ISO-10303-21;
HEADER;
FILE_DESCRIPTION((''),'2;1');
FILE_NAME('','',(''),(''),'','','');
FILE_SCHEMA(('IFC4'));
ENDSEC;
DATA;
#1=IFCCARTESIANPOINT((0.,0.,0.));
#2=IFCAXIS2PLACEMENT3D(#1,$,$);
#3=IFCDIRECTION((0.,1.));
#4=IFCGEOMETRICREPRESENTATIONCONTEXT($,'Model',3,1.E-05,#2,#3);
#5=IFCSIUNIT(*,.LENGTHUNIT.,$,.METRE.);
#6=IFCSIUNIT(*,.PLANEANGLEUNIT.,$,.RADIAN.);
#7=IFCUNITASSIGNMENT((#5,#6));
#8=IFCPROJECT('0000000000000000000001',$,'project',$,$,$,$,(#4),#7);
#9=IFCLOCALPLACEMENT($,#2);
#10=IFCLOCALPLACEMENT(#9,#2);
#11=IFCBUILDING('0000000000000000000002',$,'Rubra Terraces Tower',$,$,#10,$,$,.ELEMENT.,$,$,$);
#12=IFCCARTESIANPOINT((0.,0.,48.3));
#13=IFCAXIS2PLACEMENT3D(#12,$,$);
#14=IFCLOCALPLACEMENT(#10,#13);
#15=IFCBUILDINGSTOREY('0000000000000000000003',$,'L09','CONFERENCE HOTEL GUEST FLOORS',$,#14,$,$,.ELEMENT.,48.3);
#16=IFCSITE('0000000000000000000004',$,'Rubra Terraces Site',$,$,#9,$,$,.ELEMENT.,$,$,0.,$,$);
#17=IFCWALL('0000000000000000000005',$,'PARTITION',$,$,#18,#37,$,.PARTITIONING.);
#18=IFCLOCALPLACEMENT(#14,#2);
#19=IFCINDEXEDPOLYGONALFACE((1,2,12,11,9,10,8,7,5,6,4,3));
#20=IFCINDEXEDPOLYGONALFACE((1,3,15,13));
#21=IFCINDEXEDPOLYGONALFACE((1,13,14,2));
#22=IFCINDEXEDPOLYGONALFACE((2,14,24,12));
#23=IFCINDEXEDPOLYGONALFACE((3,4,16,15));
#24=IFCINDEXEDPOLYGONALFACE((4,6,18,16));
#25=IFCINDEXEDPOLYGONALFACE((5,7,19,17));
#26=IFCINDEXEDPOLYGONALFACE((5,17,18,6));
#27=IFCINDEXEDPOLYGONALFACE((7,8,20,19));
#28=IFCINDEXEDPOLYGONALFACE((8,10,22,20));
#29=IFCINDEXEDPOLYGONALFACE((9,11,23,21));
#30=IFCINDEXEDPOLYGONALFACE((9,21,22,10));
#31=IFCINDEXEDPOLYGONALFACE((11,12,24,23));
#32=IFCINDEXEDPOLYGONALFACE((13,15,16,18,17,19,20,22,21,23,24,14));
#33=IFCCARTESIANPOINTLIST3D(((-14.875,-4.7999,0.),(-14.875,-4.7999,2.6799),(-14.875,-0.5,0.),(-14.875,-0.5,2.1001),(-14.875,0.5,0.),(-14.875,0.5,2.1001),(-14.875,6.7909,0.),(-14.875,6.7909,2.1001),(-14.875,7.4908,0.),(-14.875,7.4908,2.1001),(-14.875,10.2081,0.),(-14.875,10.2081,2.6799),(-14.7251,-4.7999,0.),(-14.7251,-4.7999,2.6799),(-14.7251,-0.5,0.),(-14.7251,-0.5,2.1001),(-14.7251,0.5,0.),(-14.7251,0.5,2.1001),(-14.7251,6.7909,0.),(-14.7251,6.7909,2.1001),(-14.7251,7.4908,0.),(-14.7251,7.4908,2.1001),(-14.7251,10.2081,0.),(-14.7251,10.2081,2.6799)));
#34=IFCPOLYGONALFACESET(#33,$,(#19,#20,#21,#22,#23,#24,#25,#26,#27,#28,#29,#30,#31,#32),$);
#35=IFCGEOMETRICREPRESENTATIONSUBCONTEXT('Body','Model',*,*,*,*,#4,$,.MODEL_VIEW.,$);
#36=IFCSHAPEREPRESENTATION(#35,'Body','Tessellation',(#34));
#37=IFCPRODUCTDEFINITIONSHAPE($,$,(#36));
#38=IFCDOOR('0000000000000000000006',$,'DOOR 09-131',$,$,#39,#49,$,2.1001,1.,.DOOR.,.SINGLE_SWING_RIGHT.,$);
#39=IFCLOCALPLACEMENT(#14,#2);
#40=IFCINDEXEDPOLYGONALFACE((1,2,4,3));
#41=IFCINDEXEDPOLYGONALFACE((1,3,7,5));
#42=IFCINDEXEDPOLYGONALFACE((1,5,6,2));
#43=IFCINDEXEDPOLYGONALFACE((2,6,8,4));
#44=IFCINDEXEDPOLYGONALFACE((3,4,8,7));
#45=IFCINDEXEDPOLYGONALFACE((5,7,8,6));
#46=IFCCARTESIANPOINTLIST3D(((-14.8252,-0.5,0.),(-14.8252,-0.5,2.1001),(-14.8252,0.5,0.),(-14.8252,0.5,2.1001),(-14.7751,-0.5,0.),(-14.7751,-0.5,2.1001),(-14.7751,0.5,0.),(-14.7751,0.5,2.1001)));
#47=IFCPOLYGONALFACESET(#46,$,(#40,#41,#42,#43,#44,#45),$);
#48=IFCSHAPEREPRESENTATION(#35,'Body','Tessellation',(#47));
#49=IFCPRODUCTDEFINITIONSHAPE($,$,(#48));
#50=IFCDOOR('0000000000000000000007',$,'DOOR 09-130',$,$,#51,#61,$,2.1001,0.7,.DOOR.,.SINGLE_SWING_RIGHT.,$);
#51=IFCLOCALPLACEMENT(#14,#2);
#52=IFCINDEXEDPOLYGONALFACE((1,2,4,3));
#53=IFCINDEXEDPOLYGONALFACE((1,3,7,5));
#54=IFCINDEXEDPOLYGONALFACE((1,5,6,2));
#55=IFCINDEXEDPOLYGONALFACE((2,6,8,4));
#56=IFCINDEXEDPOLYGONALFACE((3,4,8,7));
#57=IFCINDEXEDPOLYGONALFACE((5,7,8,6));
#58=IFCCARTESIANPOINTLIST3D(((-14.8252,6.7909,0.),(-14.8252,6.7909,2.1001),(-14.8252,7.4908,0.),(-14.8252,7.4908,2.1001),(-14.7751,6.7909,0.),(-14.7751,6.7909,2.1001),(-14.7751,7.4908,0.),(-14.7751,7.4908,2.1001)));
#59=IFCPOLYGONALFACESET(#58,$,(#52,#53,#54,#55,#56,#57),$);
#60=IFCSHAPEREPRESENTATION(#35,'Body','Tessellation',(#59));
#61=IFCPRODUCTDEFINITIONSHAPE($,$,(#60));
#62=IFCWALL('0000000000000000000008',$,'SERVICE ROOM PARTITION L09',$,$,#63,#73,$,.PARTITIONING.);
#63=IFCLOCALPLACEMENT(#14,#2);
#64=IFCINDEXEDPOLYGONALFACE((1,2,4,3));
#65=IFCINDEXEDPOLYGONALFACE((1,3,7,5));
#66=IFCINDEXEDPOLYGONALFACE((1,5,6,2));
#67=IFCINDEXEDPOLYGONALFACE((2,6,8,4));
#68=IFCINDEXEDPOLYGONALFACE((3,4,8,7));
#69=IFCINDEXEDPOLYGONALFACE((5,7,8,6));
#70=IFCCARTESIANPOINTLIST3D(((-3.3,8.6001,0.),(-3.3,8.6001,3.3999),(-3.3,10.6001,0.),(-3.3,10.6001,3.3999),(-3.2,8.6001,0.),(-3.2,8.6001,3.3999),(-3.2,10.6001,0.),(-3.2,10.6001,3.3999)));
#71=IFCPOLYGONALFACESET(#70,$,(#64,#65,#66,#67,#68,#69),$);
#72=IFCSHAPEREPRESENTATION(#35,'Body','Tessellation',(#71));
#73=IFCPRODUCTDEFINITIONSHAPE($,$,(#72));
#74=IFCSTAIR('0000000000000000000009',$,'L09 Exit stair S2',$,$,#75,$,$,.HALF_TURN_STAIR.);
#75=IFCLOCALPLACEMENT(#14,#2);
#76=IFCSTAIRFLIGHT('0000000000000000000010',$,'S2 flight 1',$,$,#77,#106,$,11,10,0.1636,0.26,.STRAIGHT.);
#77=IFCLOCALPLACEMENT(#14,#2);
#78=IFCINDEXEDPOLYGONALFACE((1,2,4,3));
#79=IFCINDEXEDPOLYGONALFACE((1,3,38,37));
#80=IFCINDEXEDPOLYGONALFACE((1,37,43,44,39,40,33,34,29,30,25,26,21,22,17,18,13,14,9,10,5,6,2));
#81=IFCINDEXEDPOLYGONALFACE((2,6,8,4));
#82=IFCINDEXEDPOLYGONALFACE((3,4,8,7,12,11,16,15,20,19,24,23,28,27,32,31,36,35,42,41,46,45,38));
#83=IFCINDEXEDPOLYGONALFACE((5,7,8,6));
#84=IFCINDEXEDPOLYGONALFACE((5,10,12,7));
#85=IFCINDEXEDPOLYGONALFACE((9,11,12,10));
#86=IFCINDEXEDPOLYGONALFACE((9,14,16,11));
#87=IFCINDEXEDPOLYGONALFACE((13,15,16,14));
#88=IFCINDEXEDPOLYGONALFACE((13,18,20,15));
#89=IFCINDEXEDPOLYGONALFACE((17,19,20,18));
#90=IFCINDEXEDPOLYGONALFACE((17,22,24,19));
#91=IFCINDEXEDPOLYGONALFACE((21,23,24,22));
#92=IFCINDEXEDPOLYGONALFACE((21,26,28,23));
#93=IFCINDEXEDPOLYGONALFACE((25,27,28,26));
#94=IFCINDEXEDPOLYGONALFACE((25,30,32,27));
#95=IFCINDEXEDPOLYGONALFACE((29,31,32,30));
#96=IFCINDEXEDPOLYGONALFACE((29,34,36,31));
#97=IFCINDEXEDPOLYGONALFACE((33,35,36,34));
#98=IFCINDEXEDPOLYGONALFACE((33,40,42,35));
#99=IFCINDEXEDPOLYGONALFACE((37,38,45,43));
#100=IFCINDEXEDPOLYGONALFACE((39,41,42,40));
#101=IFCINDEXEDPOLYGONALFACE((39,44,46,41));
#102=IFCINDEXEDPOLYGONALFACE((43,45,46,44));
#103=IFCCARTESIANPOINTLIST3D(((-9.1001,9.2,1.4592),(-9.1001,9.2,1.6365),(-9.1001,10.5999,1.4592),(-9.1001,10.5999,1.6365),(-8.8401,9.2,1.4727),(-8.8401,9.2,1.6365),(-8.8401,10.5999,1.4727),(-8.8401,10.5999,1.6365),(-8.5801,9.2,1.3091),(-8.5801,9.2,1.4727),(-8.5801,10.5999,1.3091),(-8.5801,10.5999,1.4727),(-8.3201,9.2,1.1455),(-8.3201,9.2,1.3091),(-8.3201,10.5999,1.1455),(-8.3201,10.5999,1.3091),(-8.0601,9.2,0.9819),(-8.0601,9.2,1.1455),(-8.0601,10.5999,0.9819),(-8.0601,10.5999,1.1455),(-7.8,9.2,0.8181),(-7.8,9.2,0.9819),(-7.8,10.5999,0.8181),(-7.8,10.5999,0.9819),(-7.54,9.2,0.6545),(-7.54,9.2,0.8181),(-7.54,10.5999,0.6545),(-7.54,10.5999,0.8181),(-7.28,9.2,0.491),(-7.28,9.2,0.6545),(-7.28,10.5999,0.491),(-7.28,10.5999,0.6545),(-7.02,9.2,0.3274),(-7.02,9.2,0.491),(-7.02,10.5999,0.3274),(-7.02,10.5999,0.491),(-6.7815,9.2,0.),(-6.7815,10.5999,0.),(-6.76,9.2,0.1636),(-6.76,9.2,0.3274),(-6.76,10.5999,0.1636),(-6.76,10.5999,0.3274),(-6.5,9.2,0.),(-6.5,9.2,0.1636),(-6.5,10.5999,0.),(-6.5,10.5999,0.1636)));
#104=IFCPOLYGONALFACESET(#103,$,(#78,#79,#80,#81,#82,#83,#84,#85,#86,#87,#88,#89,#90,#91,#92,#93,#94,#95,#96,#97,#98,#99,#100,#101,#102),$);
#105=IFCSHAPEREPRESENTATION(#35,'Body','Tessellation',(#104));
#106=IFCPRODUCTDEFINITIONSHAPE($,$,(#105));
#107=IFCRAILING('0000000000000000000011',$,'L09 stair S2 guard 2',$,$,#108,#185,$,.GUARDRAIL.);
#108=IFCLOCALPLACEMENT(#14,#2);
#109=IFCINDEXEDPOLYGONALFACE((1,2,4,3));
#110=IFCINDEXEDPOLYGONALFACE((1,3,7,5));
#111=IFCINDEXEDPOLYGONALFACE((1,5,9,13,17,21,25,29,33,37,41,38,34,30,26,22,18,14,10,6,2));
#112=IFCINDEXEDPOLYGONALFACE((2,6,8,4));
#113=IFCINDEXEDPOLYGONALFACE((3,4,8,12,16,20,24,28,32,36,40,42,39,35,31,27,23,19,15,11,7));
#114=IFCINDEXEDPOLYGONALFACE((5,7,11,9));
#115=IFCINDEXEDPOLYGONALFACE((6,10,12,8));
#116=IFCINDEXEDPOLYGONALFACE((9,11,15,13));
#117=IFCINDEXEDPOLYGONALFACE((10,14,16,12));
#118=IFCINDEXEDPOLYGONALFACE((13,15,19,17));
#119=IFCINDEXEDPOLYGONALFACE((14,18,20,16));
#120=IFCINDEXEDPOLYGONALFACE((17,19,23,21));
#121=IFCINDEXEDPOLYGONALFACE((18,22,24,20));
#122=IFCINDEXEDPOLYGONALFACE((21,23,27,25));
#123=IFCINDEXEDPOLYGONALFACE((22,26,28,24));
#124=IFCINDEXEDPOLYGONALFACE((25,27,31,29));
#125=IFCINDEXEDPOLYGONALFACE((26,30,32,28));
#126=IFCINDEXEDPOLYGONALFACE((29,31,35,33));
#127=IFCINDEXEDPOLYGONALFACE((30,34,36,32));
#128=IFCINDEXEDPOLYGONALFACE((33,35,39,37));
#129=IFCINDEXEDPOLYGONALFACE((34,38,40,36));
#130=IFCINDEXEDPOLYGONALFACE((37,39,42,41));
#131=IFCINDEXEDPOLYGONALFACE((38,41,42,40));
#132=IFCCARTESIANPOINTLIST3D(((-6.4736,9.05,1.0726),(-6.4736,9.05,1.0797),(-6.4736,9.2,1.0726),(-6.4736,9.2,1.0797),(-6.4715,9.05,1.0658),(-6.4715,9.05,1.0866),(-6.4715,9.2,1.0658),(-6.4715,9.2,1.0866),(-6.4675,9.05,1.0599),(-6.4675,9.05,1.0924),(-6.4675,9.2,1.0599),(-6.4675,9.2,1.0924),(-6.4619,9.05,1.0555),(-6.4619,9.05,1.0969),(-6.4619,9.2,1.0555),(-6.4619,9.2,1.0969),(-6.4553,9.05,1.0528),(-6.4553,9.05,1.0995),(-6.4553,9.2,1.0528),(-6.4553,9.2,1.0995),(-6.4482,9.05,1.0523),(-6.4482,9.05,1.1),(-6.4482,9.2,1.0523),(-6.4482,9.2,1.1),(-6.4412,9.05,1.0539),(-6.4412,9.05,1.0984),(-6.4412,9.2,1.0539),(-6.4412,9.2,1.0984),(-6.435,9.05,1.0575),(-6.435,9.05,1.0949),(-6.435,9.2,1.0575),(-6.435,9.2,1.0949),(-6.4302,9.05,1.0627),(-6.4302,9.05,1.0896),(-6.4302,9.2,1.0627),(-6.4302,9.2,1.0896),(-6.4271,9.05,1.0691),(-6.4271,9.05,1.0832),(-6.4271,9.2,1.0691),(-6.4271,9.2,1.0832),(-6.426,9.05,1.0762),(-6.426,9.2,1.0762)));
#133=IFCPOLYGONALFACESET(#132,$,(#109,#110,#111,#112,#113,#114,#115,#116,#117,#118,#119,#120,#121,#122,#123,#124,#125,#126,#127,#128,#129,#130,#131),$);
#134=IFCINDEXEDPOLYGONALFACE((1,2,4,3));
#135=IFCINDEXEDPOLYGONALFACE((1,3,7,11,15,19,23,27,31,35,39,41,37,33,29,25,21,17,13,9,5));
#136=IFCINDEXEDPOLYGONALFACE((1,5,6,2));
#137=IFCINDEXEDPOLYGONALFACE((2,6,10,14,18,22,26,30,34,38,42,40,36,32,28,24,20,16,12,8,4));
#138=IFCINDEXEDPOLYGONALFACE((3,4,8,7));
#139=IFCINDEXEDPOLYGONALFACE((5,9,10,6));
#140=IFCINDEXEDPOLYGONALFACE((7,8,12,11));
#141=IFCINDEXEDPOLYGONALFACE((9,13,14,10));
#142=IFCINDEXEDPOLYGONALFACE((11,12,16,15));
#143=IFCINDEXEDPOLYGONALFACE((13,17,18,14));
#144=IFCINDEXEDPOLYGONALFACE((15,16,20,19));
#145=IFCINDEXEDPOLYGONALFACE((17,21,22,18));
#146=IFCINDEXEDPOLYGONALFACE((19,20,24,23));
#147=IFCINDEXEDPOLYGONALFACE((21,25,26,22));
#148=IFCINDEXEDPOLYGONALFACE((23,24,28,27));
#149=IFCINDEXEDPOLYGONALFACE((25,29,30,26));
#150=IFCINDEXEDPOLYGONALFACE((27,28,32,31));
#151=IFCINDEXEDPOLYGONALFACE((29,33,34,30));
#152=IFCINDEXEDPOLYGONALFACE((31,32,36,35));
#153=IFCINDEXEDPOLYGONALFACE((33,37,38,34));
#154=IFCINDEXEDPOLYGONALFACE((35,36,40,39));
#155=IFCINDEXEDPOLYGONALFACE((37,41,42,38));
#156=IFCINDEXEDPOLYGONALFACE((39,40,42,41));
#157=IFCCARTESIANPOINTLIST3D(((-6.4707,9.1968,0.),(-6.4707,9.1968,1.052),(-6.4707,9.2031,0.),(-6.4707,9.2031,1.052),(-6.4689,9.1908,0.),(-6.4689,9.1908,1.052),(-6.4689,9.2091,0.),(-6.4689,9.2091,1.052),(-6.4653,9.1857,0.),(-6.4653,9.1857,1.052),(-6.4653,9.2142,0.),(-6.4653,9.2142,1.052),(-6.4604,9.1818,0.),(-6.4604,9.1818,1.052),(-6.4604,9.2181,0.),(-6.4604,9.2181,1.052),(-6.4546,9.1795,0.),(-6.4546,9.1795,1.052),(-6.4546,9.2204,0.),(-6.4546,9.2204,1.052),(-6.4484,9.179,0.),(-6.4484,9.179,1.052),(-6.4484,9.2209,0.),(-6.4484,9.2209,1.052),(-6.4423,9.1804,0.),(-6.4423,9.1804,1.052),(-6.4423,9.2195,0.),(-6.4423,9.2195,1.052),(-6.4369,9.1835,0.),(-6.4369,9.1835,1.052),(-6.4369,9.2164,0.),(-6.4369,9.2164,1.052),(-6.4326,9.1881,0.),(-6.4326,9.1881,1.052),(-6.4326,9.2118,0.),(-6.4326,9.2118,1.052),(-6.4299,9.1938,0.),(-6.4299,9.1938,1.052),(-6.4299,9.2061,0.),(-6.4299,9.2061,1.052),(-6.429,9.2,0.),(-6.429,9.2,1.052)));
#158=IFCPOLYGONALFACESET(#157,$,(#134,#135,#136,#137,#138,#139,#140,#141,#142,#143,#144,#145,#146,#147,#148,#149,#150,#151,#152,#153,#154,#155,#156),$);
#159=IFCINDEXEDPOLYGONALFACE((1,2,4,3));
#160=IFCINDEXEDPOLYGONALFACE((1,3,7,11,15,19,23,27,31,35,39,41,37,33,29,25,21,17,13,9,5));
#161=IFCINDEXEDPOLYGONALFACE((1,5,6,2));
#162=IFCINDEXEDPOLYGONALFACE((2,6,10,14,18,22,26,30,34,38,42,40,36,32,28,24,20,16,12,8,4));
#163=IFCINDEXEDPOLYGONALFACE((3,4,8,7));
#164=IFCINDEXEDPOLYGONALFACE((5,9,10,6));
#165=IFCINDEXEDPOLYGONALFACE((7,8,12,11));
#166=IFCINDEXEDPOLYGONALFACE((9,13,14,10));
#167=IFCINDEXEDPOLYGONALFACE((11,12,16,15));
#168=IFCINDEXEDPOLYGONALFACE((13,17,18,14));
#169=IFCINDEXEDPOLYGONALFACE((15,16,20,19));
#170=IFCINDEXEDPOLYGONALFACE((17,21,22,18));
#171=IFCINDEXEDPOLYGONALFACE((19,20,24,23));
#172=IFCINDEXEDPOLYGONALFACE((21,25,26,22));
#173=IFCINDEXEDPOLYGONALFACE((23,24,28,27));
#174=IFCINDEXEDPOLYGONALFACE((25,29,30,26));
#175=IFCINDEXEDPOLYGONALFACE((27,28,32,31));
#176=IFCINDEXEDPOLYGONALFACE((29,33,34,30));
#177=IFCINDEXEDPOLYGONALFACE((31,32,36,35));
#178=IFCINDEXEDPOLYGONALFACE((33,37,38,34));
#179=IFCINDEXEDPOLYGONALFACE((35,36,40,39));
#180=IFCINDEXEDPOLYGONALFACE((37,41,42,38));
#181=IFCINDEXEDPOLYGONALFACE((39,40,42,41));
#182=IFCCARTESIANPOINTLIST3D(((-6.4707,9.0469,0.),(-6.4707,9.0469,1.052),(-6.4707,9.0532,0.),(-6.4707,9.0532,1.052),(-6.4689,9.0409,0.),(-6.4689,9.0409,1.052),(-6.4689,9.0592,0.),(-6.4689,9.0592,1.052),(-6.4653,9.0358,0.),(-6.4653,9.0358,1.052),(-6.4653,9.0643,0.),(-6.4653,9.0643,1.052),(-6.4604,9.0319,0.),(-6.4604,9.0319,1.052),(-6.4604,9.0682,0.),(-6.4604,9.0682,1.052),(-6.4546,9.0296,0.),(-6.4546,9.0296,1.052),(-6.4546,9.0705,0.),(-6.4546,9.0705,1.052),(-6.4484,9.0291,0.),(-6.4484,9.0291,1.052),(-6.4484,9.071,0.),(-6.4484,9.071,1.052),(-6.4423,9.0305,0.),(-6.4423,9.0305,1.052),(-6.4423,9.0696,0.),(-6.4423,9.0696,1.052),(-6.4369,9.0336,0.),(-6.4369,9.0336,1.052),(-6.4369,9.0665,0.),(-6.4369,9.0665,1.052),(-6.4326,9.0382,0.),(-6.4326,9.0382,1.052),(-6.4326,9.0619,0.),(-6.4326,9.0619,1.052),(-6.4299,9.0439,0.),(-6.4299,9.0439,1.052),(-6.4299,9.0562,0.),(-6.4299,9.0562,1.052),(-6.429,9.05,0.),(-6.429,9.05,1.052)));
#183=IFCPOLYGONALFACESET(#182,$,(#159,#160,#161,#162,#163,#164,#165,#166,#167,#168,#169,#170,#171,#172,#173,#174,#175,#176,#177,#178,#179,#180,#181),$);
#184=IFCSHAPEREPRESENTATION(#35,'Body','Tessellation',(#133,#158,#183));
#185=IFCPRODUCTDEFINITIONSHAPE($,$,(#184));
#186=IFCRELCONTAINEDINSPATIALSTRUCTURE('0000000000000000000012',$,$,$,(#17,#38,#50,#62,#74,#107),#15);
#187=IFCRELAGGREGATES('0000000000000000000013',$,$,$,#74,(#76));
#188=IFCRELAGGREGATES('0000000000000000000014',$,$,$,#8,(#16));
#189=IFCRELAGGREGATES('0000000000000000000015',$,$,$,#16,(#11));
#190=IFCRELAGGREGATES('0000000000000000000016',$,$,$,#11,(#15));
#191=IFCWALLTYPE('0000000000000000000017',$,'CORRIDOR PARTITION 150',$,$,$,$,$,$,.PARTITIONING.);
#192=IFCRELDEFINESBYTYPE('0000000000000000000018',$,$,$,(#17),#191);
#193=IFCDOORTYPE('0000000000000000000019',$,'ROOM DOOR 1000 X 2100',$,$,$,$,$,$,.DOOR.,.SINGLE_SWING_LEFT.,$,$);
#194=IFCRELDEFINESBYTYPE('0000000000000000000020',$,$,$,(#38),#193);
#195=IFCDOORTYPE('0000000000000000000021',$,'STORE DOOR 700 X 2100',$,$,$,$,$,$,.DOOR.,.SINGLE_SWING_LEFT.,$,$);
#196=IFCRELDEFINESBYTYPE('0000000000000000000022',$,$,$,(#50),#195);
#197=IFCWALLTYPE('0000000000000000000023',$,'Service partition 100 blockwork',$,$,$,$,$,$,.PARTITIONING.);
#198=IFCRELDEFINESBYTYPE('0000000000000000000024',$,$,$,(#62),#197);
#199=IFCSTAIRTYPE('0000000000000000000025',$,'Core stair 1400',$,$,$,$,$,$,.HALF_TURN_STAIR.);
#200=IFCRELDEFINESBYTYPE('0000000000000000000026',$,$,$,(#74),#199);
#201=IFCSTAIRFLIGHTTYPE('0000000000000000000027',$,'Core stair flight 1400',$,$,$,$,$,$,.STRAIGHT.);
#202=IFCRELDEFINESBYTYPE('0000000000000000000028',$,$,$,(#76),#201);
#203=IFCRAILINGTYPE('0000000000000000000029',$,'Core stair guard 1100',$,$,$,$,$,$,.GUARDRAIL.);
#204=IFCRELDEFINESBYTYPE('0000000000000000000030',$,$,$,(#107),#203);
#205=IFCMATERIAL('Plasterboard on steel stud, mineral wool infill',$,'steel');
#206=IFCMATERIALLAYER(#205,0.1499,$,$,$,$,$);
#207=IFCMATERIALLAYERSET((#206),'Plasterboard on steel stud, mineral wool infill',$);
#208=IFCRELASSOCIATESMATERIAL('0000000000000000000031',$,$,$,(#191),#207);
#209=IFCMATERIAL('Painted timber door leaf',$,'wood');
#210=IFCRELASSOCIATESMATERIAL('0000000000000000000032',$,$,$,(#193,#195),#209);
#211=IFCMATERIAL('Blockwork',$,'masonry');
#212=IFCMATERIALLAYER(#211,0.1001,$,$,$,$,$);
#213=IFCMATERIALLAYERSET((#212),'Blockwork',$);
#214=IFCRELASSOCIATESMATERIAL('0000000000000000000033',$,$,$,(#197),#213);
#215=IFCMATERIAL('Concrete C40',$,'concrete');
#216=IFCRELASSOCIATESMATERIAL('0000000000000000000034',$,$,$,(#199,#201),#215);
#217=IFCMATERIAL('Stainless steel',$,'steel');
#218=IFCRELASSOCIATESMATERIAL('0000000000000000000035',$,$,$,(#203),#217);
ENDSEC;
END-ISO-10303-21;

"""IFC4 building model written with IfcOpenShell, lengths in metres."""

from ifc_helpers import new_model, si_unit, direction, frame, frame_2d, origin, origin_2d, place, context, subcontext, project, spatial, polyline, rectangle, circle, outline, extrude, material, layer, layer_set, type_object, element, fill, aggregate, save


model = new_model("IFC4")

# Units and contexts
model_context = context("Model", 3, precision=1e-05, world=origin(), true_north=direction((0.0, 1.0)))
body_context = subcontext(model_context, "Body", "Model", "MODEL_VIEW")
ifc_project = project(units=[si_unit("LENGTHUNIT", "METRE"), si_unit("PLANEANGLEUNIT", "RADIAN")], contexts=[model_context])

# Site, building, storey
site_placement = place(None, origin())
site = spatial("IfcSite", under=ifc_project, at=site_placement, Name="Rubra Terraces Site", CompositionType="ELEMENT", RefElevation=0.0)
building_placement = place(site_placement, origin())
building = spatial("IfcBuilding", under=site, at=building_placement, Name="Rubra Terraces Tower", CompositionType="ELEMENT")
storey_placement = place(building_placement, frame((0.0, 0.0, 48.3)))
storey = spatial("IfcBuildingStorey", under=building, at=storey_placement, Name="L09", Description="CONFERENCE HOTEL GUEST FLOORS", CompositionType="ELEMENT", Elevation=48.3)

# Shared definitions
ifc_material_1 = material(Name="Plasterboard on steel stud, mineral wool infill", Category="steel")
ifc_layer_1 = layer(ifc_material_1, 0.1499)
ifc_layer_set_1 = layer_set([ifc_layer_1], Name="Plasterboard on steel stud, mineral wool infill")
wall_type_1 = type_object("IfcWallType", Name="CORRIDOR PARTITION 150", PredefinedType="PARTITIONING", material=ifc_layer_set_1)
ifc_material_2 = material(Name="Painted timber door leaf", Category="wood")
door_type_1 = type_object("IfcDoorType", Name="ROOM DOOR 1000 X 2100", OperationType="SINGLE_SWING_LEFT", PredefinedType="DOOR", material=ifc_material_2)

# Wall, openings, doors
wall_1_placement = place(storey_placement, frame((-14.8, 10.208, 0.0), z_axis=(0.0, 0.0, 1.0), x_axis=(0.0, -1.0, 0.0)))
wall_1 = element("IfcWall", 1, at=wall_1_placement, inside=storey, type_object=wall_type_1, Name="PARTITION", PredefinedType="PARTITIONING", context=body_context, shape_type="SweptSolid", body=[
    extrude(rectangle(XDim=15.0081, YDim=0.1499, at=frame_2d((7.5039, 0.0))), origin(), (0.0, 0.0, 1.0), 2.6799),
])
opening_1_placement = place(wall_1_placement, frame((2.717, 0.0, 0.0)))
opening_1 = element("IfcOpeningElement", 2, at=opening_1_placement, cuts=wall_1, PredefinedType="OPENING", context=body_context, shape_type="SweptSolid", body=[
    extrude(rectangle(XDim=0.7, YDim=2.1001, at=frame_2d((0.3501, 1.05))), frame((0.0, 0.085, 0.0), z_axis=(0.0, -1.0, 0.0), x_axis=(1.0, 0.0, 0.0)), (0.0, 0.0, 1.0), 0.1699),
])
opening_2_placement = place(wall_1_placement, frame((9.708, 0.0, 0.0)))
opening_2 = element("IfcOpeningElement", 3, at=opening_2_placement, cuts=wall_1, PredefinedType="OPENING", context=body_context, shape_type="SweptSolid", body=[
    extrude(rectangle(XDim=1.0, YDim=2.1001, at=frame_2d((0.5, 1.05))), frame((0.0, 0.085, 0.0), z_axis=(0.0, -1.0, 0.0), x_axis=(1.0, 0.0, 0.0)), (0.0, 0.0, 1.0), 0.1699),
])
door_1_placement = place(opening_2_placement, origin())
door_1 = element("IfcDoor", 4, at=door_1_placement, inside=storey, type_object=door_type_1, Name="DOOR 09-131", OperationType="SINGLE_SWING_RIGHT", OverallHeight=2.1001, OverallWidth=1.0, PredefinedType="DOOR", context=body_context, shape_type="SweptSolid", body=[
    extrude(rectangle(XDim=1.0, YDim=2.1001, at=frame_2d((0.5, 1.05))), frame((0.0, 0.0249, 0.0), z_axis=(0.0, -1.0, 0.0), x_axis=(1.0, 0.0, 0.0)), (0.0, 0.0, 1.0), 0.05),
])
fill(opening_2, door_1)
door_type_2 = type_object("IfcDoorType", Name="STORE DOOR 700 X 2100", OperationType="SINGLE_SWING_LEFT", PredefinedType="DOOR", material=ifc_material_2)
door_2_placement = place(opening_1_placement, origin())
door_2 = element("IfcDoor", 5, at=door_2_placement, inside=storey, type_object=door_type_2, Name="DOOR 09-130", OperationType="SINGLE_SWING_RIGHT", OverallHeight=2.1001, OverallWidth=0.7, PredefinedType="DOOR", context=body_context, shape_type="SweptSolid", body=[
    extrude(rectangle(XDim=0.7, YDim=2.1001, at=frame_2d((0.3501, 1.05))), frame((0.0, 0.0249, 0.0), z_axis=(0.0, -1.0, 0.0), x_axis=(1.0, 0.0, 0.0)), (0.0, 0.0, 1.0), 0.05),
])
fill(opening_1, door_2)

# Wall
ifc_material_3 = material(Name="Blockwork", Category="masonry")
ifc_layer_2 = layer(ifc_material_3, 0.1001)
ifc_layer_set_2 = layer_set([ifc_layer_2], Name="Blockwork")
wall_type_2 = type_object("IfcWallType", Name="Service partition 100 blockwork", PredefinedType="PARTITIONING", material=ifc_layer_set_2)
wall_2_placement = place(storey_placement, frame((-3.25, 8.6001, 0.0), z_axis=(0.0, 0.0, 1.0), x_axis=(0.0, 1.0, 0.0)))
element("IfcWall", 6, at=wall_2_placement, inside=storey, type_object=wall_type_2, Name="SERVICE ROOM PARTITION L09", PredefinedType="PARTITIONING", context=body_context, shape_type="SweptSolid", body=[
    extrude(rectangle(XDim=2.0, YDim=0.1001, at=frame_2d((1.0, 0.0))), origin(), (0.0, 0.0, 1.0), 3.3999),
])

# Stair, stair flight
ifc_material_4 = material(Name="Concrete C40", Category="concrete")
stair_type = type_object("IfcStairType", Name="Core stair 1400", PredefinedType="HALF_TURN_STAIR", material=ifc_material_4)
stair_placement = place(storey_placement, origin())
stair = element("IfcStair", 7, at=stair_placement, inside=storey, type_object=stair_type, Name="L09 Exit stair S2", PredefinedType="HALF_TURN_STAIR")
stair_flight_type = type_object("IfcStairFlightType", Name="Core stair flight 1400", PredefinedType="STRAIGHT", material=ifc_material_4)
stair_flight_placement = place(storey_placement, frame((-6.5, 9.8999, 0.0), z_axis=(0.0, 0.0, 1.0), x_axis=(-1.0, 0.0, 0.0)))
stair_flight = element("IfcStairFlight", 8, at=stair_flight_placement, type_object=stair_flight_type, Name="S2 flight 1", NumberOfRisers=11, NumberOfTreads=10, PredefinedType="STRAIGHT", RiserHeight=0.1636, TreadLength=0.26, context=body_context, shape_type="SweptSolid", body=[
    extrude(outline(polyline([(0.0, 0.0), (0.0, 0.1636), (0.26, 0.1636), (0.26, 0.3274), (0.52, 0.3274), (0.52, 0.491), (0.78, 0.491), (0.78, 0.6545), (1.04, 0.6545), (1.04, 0.8181), (1.3, 0.8181), (1.3, 0.9819), (1.5601, 0.9819), (1.5601, 1.1455), (1.8201, 1.1455), (1.8201, 1.3091), (2.0801, 1.3091), (2.0801, 1.4727), (2.3401, 1.4727), (2.3401, 1.6365), (2.6001, 1.6365), (2.6001, 1.8), (2.6001, 1.4592), (0.2815, 0.0), (0.0, 0.0)])), frame((0.0, 0.7, 0.0), z_axis=(0.0, -1.0, 0.0), x_axis=(1.0, 0.0, 0.0)), (0.0, 0.0, 1.0), 1.3999),
])
aggregate(stair, [stair_flight])

# Railing
ifc_material_5 = material(Name="Stainless steel", Category="steel")
railing_type_1 = type_object("IfcRailingType", Name="Core stair guard 1100", PredefinedType="GUARDRAIL", material=ifc_material_5)
railing_1_placement = place(storey_placement, frame((-6.45, 9.2, 0.0)))
element("IfcRailing", 9, at=railing_1_placement, inside=storey, type_object=railing_type_1, Name="L09 stair S2 guard 2", PredefinedType="GUARDRAIL", context=body_context, shape_type="SweptSolid", body=[
    extrude(circle(Radius=0.0239, at=origin_2d()), frame((0.0, 0.0, 1.0762), z_axis=(0.0, -1.0, 0.0), x_axis=(1.0, 0.0, 0.0)), (0.0, 0.0, 1.0), 0.1499),
    extrude(circle(Radius=0.021, at=origin_2d()), origin(), (0.0, 0.0, 1.0), 1.052),
    extrude(circle(Radius=0.021, at=origin_2d()), frame((0.0, -0.1499, 0.0)), (0.0, 0.0, 1.0), 1.052),
])

save(model, "model.ifc")
